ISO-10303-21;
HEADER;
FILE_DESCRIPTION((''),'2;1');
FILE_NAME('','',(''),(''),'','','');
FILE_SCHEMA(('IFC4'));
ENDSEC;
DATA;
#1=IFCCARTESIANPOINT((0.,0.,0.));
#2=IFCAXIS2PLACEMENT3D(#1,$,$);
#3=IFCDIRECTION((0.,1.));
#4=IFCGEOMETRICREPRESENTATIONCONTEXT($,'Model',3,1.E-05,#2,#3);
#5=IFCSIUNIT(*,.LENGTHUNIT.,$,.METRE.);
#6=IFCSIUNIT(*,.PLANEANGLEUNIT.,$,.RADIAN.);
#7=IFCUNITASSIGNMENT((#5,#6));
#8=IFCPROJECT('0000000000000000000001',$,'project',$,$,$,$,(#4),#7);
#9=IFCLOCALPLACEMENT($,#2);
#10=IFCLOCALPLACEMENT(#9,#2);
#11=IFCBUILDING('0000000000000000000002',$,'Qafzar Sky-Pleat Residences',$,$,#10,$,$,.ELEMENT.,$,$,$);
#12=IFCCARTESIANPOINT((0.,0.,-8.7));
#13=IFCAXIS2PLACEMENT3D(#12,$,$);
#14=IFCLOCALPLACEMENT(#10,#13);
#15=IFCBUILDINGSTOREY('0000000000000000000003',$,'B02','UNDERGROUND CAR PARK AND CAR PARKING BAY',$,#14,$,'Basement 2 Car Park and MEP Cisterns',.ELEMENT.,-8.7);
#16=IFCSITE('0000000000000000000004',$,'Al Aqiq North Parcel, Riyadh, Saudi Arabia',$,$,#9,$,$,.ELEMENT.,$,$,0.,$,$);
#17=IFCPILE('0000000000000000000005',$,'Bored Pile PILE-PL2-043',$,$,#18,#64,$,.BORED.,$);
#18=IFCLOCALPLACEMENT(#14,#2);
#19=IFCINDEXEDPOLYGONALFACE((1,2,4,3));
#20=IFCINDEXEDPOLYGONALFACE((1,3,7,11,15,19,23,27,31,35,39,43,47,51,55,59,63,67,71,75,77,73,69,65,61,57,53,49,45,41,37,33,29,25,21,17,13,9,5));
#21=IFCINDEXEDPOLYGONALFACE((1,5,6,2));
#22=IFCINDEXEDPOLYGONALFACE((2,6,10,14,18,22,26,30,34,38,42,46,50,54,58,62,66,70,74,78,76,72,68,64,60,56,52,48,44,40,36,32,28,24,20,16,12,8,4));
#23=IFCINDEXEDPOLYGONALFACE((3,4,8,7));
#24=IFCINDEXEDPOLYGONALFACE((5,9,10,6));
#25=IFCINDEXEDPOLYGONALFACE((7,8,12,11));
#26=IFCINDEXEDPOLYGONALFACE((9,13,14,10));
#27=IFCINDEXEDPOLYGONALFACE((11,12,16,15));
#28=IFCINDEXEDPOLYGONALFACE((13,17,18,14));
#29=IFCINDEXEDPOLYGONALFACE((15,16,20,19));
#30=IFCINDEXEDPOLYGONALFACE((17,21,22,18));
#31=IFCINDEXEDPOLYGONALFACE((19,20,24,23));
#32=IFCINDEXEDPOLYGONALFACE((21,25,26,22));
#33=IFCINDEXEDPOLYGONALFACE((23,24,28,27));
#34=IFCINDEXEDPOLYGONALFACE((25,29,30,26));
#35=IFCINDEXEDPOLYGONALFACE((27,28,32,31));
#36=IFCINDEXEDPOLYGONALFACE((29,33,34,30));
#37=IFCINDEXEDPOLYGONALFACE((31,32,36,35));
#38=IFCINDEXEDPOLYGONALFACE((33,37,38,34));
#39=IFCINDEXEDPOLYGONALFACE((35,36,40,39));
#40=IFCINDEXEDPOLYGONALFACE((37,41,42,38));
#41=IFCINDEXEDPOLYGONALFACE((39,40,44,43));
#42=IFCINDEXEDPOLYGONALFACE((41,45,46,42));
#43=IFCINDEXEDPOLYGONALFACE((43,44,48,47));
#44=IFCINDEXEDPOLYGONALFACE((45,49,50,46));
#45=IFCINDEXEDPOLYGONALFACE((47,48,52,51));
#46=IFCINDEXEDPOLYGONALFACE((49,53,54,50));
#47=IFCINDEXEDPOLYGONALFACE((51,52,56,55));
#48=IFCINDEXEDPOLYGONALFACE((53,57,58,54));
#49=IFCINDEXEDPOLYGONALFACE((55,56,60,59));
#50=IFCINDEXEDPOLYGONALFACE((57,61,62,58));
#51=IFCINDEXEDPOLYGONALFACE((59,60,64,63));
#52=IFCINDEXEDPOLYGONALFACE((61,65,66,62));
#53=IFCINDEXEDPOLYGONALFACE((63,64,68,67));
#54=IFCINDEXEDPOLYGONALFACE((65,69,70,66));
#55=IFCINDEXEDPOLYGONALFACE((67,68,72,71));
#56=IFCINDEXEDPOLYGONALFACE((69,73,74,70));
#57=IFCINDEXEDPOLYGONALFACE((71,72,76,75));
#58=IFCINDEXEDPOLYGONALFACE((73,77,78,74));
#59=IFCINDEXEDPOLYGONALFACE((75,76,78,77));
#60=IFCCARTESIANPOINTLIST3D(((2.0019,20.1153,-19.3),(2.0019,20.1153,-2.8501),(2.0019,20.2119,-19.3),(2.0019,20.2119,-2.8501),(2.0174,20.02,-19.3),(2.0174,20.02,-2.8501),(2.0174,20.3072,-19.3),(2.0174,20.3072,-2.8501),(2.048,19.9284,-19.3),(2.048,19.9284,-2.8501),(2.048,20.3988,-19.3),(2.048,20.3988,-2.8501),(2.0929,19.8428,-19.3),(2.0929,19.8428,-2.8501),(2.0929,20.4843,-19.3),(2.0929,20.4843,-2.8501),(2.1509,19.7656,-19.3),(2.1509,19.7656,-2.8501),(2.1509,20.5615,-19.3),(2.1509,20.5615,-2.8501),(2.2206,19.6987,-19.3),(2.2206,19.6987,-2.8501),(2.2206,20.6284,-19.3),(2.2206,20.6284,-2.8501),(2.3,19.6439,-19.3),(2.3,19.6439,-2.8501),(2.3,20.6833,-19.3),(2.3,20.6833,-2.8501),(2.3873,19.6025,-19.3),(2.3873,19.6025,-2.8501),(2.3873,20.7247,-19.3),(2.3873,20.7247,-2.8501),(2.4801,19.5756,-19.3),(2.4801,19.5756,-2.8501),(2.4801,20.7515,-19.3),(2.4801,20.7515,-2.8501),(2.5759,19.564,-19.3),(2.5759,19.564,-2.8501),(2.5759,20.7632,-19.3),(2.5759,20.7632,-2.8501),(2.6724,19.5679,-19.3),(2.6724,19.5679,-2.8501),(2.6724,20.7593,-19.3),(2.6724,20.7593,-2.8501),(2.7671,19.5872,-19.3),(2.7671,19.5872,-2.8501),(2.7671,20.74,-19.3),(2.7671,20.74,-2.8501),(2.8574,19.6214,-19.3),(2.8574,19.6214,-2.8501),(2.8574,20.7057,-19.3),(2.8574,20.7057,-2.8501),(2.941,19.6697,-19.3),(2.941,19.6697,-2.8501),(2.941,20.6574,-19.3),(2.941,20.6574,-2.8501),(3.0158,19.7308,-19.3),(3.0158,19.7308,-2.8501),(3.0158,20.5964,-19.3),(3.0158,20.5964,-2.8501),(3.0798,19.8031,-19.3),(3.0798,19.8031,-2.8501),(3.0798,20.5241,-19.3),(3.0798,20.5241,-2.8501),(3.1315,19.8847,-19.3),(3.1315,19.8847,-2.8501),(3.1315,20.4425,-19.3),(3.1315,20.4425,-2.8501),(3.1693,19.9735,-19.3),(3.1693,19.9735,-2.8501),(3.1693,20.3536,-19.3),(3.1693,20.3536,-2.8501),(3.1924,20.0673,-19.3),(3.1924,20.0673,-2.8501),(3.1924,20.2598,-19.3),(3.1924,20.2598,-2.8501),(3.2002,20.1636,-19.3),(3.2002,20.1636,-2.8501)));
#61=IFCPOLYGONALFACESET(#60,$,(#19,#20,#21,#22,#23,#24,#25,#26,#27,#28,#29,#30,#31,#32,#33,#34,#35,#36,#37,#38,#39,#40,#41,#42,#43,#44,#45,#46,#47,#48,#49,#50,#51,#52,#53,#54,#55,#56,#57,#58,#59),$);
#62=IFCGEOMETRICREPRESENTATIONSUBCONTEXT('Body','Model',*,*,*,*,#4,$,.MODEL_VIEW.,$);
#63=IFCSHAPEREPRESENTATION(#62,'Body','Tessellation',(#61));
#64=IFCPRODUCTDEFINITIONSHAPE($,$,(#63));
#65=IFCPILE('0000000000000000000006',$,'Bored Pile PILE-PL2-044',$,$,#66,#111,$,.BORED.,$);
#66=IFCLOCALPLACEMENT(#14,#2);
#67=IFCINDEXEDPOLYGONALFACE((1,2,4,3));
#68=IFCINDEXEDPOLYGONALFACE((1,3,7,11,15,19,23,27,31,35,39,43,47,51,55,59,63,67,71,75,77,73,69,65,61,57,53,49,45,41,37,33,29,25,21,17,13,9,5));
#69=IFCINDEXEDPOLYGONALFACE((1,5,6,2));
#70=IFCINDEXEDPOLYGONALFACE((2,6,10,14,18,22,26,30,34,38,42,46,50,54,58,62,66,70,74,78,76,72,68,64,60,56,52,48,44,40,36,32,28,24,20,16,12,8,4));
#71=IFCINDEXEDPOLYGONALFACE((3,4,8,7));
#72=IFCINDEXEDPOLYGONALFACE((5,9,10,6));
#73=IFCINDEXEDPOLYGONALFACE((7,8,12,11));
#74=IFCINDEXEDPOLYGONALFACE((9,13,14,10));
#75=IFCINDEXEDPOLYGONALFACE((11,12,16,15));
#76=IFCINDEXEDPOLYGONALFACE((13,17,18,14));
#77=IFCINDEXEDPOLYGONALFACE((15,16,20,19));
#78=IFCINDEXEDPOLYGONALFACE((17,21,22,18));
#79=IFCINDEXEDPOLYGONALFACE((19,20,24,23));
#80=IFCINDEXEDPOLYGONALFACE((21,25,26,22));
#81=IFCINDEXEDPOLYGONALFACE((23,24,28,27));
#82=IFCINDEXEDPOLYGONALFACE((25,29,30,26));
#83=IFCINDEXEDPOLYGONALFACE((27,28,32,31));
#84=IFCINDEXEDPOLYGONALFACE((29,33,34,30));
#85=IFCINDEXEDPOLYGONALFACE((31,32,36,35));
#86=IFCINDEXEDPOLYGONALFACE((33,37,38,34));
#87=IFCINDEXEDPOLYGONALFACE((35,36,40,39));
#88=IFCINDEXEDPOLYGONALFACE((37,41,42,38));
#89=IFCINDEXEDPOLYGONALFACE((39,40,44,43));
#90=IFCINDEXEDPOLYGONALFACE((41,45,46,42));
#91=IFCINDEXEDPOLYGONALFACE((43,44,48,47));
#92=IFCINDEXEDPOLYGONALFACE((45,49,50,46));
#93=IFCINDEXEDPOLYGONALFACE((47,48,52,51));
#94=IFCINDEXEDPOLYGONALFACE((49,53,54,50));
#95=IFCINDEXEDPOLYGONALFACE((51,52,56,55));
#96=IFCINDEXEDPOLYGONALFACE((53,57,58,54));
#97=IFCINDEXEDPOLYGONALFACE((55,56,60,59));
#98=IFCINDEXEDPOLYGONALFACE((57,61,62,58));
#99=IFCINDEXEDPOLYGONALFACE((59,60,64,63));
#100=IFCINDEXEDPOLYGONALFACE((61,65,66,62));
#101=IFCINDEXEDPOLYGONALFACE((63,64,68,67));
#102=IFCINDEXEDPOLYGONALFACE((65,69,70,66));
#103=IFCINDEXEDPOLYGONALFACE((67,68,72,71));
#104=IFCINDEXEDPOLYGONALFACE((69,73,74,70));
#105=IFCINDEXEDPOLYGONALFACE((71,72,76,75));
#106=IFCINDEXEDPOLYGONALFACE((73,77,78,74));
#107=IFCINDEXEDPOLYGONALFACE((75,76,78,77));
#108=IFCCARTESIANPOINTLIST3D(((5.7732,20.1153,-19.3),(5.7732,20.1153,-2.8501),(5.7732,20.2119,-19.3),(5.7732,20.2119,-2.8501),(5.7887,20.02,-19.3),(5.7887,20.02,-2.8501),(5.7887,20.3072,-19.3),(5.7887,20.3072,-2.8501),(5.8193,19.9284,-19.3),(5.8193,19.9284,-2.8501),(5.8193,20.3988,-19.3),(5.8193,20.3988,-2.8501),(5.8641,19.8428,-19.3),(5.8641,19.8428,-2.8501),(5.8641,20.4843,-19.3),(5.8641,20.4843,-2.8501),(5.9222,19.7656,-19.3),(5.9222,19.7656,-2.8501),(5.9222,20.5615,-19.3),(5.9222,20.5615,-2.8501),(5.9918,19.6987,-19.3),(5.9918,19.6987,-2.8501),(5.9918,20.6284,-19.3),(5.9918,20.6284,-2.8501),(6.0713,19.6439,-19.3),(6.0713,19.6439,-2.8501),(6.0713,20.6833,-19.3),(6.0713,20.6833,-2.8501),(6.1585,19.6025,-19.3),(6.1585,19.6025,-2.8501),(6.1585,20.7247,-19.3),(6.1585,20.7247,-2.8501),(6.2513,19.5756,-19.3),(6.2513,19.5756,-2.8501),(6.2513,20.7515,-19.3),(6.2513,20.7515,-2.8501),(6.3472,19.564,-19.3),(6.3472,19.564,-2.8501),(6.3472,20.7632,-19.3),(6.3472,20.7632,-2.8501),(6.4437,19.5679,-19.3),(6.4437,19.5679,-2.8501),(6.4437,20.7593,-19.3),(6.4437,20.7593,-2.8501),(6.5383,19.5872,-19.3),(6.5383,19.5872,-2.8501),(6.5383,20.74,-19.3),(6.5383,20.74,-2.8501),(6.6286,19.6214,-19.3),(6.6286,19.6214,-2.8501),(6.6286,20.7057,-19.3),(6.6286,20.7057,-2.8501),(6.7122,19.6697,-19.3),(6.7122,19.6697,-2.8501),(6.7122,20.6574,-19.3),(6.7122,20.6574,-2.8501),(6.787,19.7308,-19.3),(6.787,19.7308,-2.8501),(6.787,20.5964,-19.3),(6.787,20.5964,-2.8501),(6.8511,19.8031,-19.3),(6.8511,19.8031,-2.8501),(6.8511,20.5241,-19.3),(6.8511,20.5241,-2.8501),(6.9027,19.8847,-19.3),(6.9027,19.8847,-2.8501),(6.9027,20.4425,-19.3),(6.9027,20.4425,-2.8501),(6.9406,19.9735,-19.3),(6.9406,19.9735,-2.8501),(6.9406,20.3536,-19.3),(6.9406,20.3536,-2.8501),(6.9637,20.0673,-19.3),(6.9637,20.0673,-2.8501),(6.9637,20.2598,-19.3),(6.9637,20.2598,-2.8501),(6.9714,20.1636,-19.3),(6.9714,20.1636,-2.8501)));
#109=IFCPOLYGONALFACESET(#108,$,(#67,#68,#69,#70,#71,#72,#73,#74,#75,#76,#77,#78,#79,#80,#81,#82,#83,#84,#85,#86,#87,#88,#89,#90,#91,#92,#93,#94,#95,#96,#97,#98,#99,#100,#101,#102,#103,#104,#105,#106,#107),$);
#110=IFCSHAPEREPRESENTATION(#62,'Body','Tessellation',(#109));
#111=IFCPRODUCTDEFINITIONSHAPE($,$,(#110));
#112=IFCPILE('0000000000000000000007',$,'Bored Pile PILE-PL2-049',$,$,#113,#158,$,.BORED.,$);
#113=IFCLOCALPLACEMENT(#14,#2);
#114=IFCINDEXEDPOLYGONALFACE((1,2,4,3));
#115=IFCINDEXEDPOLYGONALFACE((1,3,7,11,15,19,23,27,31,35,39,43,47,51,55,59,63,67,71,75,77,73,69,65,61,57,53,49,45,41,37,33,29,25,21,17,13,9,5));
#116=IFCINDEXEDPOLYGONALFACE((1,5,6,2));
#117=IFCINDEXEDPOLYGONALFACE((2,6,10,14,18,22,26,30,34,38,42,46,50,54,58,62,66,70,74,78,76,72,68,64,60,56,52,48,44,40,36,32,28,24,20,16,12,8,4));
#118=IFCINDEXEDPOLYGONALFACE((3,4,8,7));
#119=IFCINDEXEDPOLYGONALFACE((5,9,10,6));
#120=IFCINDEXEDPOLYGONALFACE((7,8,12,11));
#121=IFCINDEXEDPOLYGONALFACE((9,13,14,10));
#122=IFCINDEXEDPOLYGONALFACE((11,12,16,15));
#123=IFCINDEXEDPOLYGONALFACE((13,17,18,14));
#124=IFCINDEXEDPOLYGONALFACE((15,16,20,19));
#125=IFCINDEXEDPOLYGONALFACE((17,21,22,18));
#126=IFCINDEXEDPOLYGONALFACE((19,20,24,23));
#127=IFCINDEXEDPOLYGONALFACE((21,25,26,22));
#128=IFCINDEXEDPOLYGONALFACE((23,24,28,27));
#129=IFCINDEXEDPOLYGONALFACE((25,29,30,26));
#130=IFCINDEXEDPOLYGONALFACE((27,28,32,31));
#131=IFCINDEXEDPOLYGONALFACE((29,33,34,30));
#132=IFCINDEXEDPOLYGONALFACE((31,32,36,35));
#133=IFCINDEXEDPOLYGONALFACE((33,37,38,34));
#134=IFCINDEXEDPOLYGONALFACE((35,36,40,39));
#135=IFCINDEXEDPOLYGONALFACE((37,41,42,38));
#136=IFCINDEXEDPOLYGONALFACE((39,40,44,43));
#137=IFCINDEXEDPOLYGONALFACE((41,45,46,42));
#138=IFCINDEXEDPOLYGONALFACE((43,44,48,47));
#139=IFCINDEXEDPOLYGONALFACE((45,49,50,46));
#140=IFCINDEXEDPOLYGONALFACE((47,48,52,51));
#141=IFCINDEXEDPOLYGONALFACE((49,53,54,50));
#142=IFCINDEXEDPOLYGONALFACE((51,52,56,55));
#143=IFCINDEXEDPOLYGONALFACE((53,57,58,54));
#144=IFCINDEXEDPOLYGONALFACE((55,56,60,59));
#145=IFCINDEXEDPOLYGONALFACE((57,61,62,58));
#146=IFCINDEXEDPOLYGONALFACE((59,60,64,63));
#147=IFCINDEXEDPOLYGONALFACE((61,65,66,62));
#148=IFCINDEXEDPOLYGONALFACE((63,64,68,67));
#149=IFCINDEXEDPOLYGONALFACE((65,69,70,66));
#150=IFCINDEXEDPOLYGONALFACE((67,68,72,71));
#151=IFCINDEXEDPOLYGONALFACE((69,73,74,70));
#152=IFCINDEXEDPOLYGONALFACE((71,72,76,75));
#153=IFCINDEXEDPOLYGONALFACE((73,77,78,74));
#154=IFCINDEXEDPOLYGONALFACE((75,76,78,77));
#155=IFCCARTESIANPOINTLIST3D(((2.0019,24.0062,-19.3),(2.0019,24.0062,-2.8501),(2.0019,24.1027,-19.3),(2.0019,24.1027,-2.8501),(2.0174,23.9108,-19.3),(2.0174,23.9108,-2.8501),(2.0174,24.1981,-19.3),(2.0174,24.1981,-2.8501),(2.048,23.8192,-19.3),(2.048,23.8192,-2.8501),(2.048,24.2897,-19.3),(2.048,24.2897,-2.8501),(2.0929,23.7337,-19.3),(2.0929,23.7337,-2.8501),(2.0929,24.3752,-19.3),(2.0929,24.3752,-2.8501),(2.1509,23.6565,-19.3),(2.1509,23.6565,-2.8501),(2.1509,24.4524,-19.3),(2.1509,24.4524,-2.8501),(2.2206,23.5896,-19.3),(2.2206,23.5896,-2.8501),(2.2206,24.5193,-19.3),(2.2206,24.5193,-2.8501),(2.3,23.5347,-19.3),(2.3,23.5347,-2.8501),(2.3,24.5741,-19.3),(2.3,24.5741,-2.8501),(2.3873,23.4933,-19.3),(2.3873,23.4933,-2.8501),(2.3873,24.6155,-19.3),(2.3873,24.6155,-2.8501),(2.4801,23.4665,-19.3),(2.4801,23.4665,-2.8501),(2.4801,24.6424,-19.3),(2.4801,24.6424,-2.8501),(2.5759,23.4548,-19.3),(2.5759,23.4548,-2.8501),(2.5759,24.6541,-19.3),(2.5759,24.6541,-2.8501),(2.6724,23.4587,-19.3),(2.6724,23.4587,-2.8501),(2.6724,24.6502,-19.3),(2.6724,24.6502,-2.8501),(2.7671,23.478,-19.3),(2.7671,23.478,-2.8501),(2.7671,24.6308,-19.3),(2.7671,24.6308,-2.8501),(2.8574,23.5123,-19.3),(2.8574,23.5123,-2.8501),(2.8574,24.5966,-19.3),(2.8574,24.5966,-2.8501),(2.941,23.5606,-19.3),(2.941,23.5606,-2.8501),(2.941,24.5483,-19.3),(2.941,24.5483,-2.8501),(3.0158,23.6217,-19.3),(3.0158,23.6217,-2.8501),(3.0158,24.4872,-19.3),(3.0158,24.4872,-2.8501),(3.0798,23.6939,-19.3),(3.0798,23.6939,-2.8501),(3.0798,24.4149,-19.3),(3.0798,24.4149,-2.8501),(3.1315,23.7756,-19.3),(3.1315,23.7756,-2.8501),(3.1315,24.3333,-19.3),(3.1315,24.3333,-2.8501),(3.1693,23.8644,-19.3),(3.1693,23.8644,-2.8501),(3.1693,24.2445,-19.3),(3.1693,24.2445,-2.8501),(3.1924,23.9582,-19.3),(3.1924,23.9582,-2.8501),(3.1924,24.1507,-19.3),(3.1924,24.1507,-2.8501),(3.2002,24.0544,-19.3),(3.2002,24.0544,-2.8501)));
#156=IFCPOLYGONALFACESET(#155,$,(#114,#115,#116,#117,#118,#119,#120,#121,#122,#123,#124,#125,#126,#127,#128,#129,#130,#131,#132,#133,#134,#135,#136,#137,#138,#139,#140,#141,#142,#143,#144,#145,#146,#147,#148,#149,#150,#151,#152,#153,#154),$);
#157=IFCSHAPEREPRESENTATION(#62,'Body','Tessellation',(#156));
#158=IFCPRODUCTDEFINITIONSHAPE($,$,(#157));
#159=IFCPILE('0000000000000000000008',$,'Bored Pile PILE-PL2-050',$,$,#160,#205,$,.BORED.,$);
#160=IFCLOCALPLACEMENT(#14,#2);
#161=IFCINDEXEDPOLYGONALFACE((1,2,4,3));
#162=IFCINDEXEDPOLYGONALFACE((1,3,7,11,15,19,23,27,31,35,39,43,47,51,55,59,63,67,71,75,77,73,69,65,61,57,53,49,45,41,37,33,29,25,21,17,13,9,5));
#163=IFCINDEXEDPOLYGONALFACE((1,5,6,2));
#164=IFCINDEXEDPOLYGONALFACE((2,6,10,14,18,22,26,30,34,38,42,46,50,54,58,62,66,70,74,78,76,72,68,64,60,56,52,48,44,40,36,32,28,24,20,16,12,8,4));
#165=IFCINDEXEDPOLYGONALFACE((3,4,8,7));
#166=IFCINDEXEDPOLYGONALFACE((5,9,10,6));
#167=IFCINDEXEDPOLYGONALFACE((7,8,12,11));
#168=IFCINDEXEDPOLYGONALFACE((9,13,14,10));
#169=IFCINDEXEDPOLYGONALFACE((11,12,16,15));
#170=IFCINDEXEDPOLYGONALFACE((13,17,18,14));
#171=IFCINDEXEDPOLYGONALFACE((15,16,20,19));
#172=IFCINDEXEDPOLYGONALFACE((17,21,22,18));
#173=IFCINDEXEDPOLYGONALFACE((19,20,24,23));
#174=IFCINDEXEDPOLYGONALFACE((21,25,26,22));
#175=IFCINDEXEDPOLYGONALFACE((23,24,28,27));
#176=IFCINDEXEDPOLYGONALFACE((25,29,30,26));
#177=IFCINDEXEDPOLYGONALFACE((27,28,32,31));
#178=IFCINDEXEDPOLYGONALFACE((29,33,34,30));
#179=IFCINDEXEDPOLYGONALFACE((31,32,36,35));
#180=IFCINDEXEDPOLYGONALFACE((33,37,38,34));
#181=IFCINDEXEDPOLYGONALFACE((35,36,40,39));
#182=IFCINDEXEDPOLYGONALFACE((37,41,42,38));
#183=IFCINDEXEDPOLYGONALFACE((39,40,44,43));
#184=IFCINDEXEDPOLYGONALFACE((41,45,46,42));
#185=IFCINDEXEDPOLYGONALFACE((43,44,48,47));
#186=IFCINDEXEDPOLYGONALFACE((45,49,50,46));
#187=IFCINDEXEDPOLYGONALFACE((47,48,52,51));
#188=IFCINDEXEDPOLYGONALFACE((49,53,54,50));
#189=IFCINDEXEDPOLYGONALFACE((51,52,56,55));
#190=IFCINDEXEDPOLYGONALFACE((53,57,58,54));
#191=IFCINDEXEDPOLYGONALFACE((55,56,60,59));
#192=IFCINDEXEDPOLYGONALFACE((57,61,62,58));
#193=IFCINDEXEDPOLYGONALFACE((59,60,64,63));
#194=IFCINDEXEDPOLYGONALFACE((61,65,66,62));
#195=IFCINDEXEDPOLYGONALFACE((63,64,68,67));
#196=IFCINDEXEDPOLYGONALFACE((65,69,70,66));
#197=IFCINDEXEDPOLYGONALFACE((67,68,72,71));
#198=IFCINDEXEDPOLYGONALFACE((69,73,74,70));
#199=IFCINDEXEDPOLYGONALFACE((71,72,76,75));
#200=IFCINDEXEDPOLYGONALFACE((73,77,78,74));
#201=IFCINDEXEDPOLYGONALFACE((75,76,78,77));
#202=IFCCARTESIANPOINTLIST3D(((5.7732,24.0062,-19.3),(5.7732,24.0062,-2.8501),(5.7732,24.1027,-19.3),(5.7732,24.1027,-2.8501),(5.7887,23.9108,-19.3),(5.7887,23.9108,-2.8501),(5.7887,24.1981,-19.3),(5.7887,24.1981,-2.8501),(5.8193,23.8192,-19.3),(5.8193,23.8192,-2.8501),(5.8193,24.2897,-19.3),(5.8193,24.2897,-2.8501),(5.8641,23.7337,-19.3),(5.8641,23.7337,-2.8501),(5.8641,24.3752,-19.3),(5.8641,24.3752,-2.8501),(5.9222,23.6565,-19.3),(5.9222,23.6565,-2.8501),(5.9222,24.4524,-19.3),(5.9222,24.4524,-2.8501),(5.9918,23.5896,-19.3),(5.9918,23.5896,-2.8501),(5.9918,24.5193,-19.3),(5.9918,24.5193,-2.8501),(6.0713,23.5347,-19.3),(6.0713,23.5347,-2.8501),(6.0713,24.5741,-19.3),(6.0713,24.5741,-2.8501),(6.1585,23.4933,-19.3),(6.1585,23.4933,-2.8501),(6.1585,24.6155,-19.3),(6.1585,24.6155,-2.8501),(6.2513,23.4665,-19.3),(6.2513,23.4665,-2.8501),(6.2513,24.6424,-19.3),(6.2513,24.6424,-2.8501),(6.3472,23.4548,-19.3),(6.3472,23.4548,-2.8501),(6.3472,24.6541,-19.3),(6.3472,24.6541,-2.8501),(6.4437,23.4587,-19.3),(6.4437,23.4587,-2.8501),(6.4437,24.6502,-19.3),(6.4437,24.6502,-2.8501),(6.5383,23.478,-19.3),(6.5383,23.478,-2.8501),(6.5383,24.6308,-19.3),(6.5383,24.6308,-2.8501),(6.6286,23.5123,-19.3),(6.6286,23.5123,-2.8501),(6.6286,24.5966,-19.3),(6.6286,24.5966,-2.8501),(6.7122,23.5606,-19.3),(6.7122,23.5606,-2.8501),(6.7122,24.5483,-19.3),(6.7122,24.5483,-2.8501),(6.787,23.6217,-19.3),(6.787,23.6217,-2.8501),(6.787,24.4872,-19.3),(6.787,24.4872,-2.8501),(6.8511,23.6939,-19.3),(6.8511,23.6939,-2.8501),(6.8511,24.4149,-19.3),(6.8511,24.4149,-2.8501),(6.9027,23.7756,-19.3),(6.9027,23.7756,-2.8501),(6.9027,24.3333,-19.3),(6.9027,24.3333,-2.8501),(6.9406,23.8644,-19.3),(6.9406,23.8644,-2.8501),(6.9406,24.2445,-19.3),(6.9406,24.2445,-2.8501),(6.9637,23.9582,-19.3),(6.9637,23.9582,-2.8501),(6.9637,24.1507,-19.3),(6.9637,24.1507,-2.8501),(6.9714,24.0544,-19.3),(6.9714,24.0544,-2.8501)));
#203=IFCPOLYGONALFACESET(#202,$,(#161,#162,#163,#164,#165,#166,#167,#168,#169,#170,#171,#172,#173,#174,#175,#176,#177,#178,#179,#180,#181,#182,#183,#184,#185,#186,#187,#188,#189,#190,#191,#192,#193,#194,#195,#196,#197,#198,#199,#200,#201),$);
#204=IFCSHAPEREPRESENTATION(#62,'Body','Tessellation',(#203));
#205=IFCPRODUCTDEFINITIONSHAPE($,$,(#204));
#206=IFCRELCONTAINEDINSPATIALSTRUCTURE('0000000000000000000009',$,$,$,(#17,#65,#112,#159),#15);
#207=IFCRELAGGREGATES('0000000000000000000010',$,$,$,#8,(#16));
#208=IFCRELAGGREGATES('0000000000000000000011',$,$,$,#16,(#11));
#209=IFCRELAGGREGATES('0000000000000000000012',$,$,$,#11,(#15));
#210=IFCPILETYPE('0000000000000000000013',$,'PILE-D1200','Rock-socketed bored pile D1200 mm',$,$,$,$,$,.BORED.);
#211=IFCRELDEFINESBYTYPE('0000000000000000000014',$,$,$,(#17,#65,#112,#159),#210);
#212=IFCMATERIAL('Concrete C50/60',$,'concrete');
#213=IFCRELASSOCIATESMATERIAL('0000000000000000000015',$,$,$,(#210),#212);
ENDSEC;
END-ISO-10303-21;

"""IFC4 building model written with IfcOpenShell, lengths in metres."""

from ifc_helpers import new_model, si_unit, direction, frame, origin, origin_2d, place, context, subcontext, project, spatial, circle, extrude, source, transform, mapped, material, material_profile, profile_set, type_object, element, save


model = new_model("IFC4")

# Units and contexts
model_context = context("Model", 3, precision=1e-05, world=origin(), true_north=direction((0.0, 1.0)))
body_context = subcontext(model_context, "Body", "Model", "MODEL_VIEW")
ifc_project = project(units=[si_unit("LENGTHUNIT", "METRE"), si_unit("PLANEANGLEUNIT", "RADIAN")], contexts=[model_context])

# Site, building, storey
site_placement = place(None, origin())
site = spatial("IfcSite", under=ifc_project, at=site_placement, Name="Al Aqiq North Parcel, Riyadh, Saudi Arabia", CompositionType="ELEMENT", RefElevation=0.0)
building_placement = place(site_placement, origin())
building = spatial("IfcBuilding", under=site, at=building_placement, Name="Qafzar Sky-Pleat Residences", CompositionType="ELEMENT")
storey_placement = place(building_placement, frame((0.0, 0.0, -8.7)))
storey = spatial("IfcBuildingStorey", under=building, at=storey_placement, Name="B02", Description="UNDERGROUND CAR PARK AND CAR PARKING BAY", LongName="Basement 2 Car Park and MEP Cisterns", CompositionType="ELEMENT", Elevation=-8.7)

# Piles
ifc_material_1 = material(Name="Concrete C50/60", Category="concrete")
ifc_material_profile_1 = material_profile(ifc_material_1, circle(Radius=0.6001, at=origin_2d()), Name="PILE D1200")
ifc_profile_set_1 = profile_set([ifc_material_profile_1], Name="Concrete C50/60")
pile_type = type_object("IfcPileType", Name="PILE-D1200", Description="Rock-socketed bored pile D1200 mm", PredefinedType="BORED", material=ifc_profile_set_1)
shared_shape_1 = source(origin(), body_context, "Body", "SweptSolid", [
    extrude(circle(Radius=0.6001, at=origin_2d()), origin(), (0.0, 0.0, 1.0), 16.45),
])
for number, where, z_axis, x_axis, name in (
    (1, (2.6001, 20.1636, -2.8501), (0.0, 0.0, -1.0), (1.0, 0.0, 0.0), "Bored Pile PILE-PL2-043"),
    (2, (6.3713, 20.1636, -2.8501), (0.0, 0.0, -1.0), (1.0, 0.0, 0.0), "Bored Pile PILE-PL2-044"),
    (3, (2.6001, 24.0544, -2.8501), (0.0, 0.0, -1.0), (1.0, 0.0, 0.0), "Bored Pile PILE-PL2-049"),
    (4, (6.3713, 24.0544, -2.8501), (0.0, 0.0, -1.0), (1.0, 0.0, 0.0), "Bored Pile PILE-PL2-050"),
):
    element("IfcPile", number, at=place(storey_placement, frame(where, z_axis=z_axis, x_axis=x_axis)), inside=storey, type_object=pile_type, Name=name, PredefinedType="BORED", context=body_context, shape_type="MappedRepresentation", body=[
        mapped(shared_shape_1, transform((0.0, 0.0, 0.0), x_axis=(1.0, 0.0, 0.0), y_axis=(0.0, 1.0, 0.0), z_axis=(0.0, 0.0, 1.0), scale=1.0)),
    ])

save(model, "model.ifc")
